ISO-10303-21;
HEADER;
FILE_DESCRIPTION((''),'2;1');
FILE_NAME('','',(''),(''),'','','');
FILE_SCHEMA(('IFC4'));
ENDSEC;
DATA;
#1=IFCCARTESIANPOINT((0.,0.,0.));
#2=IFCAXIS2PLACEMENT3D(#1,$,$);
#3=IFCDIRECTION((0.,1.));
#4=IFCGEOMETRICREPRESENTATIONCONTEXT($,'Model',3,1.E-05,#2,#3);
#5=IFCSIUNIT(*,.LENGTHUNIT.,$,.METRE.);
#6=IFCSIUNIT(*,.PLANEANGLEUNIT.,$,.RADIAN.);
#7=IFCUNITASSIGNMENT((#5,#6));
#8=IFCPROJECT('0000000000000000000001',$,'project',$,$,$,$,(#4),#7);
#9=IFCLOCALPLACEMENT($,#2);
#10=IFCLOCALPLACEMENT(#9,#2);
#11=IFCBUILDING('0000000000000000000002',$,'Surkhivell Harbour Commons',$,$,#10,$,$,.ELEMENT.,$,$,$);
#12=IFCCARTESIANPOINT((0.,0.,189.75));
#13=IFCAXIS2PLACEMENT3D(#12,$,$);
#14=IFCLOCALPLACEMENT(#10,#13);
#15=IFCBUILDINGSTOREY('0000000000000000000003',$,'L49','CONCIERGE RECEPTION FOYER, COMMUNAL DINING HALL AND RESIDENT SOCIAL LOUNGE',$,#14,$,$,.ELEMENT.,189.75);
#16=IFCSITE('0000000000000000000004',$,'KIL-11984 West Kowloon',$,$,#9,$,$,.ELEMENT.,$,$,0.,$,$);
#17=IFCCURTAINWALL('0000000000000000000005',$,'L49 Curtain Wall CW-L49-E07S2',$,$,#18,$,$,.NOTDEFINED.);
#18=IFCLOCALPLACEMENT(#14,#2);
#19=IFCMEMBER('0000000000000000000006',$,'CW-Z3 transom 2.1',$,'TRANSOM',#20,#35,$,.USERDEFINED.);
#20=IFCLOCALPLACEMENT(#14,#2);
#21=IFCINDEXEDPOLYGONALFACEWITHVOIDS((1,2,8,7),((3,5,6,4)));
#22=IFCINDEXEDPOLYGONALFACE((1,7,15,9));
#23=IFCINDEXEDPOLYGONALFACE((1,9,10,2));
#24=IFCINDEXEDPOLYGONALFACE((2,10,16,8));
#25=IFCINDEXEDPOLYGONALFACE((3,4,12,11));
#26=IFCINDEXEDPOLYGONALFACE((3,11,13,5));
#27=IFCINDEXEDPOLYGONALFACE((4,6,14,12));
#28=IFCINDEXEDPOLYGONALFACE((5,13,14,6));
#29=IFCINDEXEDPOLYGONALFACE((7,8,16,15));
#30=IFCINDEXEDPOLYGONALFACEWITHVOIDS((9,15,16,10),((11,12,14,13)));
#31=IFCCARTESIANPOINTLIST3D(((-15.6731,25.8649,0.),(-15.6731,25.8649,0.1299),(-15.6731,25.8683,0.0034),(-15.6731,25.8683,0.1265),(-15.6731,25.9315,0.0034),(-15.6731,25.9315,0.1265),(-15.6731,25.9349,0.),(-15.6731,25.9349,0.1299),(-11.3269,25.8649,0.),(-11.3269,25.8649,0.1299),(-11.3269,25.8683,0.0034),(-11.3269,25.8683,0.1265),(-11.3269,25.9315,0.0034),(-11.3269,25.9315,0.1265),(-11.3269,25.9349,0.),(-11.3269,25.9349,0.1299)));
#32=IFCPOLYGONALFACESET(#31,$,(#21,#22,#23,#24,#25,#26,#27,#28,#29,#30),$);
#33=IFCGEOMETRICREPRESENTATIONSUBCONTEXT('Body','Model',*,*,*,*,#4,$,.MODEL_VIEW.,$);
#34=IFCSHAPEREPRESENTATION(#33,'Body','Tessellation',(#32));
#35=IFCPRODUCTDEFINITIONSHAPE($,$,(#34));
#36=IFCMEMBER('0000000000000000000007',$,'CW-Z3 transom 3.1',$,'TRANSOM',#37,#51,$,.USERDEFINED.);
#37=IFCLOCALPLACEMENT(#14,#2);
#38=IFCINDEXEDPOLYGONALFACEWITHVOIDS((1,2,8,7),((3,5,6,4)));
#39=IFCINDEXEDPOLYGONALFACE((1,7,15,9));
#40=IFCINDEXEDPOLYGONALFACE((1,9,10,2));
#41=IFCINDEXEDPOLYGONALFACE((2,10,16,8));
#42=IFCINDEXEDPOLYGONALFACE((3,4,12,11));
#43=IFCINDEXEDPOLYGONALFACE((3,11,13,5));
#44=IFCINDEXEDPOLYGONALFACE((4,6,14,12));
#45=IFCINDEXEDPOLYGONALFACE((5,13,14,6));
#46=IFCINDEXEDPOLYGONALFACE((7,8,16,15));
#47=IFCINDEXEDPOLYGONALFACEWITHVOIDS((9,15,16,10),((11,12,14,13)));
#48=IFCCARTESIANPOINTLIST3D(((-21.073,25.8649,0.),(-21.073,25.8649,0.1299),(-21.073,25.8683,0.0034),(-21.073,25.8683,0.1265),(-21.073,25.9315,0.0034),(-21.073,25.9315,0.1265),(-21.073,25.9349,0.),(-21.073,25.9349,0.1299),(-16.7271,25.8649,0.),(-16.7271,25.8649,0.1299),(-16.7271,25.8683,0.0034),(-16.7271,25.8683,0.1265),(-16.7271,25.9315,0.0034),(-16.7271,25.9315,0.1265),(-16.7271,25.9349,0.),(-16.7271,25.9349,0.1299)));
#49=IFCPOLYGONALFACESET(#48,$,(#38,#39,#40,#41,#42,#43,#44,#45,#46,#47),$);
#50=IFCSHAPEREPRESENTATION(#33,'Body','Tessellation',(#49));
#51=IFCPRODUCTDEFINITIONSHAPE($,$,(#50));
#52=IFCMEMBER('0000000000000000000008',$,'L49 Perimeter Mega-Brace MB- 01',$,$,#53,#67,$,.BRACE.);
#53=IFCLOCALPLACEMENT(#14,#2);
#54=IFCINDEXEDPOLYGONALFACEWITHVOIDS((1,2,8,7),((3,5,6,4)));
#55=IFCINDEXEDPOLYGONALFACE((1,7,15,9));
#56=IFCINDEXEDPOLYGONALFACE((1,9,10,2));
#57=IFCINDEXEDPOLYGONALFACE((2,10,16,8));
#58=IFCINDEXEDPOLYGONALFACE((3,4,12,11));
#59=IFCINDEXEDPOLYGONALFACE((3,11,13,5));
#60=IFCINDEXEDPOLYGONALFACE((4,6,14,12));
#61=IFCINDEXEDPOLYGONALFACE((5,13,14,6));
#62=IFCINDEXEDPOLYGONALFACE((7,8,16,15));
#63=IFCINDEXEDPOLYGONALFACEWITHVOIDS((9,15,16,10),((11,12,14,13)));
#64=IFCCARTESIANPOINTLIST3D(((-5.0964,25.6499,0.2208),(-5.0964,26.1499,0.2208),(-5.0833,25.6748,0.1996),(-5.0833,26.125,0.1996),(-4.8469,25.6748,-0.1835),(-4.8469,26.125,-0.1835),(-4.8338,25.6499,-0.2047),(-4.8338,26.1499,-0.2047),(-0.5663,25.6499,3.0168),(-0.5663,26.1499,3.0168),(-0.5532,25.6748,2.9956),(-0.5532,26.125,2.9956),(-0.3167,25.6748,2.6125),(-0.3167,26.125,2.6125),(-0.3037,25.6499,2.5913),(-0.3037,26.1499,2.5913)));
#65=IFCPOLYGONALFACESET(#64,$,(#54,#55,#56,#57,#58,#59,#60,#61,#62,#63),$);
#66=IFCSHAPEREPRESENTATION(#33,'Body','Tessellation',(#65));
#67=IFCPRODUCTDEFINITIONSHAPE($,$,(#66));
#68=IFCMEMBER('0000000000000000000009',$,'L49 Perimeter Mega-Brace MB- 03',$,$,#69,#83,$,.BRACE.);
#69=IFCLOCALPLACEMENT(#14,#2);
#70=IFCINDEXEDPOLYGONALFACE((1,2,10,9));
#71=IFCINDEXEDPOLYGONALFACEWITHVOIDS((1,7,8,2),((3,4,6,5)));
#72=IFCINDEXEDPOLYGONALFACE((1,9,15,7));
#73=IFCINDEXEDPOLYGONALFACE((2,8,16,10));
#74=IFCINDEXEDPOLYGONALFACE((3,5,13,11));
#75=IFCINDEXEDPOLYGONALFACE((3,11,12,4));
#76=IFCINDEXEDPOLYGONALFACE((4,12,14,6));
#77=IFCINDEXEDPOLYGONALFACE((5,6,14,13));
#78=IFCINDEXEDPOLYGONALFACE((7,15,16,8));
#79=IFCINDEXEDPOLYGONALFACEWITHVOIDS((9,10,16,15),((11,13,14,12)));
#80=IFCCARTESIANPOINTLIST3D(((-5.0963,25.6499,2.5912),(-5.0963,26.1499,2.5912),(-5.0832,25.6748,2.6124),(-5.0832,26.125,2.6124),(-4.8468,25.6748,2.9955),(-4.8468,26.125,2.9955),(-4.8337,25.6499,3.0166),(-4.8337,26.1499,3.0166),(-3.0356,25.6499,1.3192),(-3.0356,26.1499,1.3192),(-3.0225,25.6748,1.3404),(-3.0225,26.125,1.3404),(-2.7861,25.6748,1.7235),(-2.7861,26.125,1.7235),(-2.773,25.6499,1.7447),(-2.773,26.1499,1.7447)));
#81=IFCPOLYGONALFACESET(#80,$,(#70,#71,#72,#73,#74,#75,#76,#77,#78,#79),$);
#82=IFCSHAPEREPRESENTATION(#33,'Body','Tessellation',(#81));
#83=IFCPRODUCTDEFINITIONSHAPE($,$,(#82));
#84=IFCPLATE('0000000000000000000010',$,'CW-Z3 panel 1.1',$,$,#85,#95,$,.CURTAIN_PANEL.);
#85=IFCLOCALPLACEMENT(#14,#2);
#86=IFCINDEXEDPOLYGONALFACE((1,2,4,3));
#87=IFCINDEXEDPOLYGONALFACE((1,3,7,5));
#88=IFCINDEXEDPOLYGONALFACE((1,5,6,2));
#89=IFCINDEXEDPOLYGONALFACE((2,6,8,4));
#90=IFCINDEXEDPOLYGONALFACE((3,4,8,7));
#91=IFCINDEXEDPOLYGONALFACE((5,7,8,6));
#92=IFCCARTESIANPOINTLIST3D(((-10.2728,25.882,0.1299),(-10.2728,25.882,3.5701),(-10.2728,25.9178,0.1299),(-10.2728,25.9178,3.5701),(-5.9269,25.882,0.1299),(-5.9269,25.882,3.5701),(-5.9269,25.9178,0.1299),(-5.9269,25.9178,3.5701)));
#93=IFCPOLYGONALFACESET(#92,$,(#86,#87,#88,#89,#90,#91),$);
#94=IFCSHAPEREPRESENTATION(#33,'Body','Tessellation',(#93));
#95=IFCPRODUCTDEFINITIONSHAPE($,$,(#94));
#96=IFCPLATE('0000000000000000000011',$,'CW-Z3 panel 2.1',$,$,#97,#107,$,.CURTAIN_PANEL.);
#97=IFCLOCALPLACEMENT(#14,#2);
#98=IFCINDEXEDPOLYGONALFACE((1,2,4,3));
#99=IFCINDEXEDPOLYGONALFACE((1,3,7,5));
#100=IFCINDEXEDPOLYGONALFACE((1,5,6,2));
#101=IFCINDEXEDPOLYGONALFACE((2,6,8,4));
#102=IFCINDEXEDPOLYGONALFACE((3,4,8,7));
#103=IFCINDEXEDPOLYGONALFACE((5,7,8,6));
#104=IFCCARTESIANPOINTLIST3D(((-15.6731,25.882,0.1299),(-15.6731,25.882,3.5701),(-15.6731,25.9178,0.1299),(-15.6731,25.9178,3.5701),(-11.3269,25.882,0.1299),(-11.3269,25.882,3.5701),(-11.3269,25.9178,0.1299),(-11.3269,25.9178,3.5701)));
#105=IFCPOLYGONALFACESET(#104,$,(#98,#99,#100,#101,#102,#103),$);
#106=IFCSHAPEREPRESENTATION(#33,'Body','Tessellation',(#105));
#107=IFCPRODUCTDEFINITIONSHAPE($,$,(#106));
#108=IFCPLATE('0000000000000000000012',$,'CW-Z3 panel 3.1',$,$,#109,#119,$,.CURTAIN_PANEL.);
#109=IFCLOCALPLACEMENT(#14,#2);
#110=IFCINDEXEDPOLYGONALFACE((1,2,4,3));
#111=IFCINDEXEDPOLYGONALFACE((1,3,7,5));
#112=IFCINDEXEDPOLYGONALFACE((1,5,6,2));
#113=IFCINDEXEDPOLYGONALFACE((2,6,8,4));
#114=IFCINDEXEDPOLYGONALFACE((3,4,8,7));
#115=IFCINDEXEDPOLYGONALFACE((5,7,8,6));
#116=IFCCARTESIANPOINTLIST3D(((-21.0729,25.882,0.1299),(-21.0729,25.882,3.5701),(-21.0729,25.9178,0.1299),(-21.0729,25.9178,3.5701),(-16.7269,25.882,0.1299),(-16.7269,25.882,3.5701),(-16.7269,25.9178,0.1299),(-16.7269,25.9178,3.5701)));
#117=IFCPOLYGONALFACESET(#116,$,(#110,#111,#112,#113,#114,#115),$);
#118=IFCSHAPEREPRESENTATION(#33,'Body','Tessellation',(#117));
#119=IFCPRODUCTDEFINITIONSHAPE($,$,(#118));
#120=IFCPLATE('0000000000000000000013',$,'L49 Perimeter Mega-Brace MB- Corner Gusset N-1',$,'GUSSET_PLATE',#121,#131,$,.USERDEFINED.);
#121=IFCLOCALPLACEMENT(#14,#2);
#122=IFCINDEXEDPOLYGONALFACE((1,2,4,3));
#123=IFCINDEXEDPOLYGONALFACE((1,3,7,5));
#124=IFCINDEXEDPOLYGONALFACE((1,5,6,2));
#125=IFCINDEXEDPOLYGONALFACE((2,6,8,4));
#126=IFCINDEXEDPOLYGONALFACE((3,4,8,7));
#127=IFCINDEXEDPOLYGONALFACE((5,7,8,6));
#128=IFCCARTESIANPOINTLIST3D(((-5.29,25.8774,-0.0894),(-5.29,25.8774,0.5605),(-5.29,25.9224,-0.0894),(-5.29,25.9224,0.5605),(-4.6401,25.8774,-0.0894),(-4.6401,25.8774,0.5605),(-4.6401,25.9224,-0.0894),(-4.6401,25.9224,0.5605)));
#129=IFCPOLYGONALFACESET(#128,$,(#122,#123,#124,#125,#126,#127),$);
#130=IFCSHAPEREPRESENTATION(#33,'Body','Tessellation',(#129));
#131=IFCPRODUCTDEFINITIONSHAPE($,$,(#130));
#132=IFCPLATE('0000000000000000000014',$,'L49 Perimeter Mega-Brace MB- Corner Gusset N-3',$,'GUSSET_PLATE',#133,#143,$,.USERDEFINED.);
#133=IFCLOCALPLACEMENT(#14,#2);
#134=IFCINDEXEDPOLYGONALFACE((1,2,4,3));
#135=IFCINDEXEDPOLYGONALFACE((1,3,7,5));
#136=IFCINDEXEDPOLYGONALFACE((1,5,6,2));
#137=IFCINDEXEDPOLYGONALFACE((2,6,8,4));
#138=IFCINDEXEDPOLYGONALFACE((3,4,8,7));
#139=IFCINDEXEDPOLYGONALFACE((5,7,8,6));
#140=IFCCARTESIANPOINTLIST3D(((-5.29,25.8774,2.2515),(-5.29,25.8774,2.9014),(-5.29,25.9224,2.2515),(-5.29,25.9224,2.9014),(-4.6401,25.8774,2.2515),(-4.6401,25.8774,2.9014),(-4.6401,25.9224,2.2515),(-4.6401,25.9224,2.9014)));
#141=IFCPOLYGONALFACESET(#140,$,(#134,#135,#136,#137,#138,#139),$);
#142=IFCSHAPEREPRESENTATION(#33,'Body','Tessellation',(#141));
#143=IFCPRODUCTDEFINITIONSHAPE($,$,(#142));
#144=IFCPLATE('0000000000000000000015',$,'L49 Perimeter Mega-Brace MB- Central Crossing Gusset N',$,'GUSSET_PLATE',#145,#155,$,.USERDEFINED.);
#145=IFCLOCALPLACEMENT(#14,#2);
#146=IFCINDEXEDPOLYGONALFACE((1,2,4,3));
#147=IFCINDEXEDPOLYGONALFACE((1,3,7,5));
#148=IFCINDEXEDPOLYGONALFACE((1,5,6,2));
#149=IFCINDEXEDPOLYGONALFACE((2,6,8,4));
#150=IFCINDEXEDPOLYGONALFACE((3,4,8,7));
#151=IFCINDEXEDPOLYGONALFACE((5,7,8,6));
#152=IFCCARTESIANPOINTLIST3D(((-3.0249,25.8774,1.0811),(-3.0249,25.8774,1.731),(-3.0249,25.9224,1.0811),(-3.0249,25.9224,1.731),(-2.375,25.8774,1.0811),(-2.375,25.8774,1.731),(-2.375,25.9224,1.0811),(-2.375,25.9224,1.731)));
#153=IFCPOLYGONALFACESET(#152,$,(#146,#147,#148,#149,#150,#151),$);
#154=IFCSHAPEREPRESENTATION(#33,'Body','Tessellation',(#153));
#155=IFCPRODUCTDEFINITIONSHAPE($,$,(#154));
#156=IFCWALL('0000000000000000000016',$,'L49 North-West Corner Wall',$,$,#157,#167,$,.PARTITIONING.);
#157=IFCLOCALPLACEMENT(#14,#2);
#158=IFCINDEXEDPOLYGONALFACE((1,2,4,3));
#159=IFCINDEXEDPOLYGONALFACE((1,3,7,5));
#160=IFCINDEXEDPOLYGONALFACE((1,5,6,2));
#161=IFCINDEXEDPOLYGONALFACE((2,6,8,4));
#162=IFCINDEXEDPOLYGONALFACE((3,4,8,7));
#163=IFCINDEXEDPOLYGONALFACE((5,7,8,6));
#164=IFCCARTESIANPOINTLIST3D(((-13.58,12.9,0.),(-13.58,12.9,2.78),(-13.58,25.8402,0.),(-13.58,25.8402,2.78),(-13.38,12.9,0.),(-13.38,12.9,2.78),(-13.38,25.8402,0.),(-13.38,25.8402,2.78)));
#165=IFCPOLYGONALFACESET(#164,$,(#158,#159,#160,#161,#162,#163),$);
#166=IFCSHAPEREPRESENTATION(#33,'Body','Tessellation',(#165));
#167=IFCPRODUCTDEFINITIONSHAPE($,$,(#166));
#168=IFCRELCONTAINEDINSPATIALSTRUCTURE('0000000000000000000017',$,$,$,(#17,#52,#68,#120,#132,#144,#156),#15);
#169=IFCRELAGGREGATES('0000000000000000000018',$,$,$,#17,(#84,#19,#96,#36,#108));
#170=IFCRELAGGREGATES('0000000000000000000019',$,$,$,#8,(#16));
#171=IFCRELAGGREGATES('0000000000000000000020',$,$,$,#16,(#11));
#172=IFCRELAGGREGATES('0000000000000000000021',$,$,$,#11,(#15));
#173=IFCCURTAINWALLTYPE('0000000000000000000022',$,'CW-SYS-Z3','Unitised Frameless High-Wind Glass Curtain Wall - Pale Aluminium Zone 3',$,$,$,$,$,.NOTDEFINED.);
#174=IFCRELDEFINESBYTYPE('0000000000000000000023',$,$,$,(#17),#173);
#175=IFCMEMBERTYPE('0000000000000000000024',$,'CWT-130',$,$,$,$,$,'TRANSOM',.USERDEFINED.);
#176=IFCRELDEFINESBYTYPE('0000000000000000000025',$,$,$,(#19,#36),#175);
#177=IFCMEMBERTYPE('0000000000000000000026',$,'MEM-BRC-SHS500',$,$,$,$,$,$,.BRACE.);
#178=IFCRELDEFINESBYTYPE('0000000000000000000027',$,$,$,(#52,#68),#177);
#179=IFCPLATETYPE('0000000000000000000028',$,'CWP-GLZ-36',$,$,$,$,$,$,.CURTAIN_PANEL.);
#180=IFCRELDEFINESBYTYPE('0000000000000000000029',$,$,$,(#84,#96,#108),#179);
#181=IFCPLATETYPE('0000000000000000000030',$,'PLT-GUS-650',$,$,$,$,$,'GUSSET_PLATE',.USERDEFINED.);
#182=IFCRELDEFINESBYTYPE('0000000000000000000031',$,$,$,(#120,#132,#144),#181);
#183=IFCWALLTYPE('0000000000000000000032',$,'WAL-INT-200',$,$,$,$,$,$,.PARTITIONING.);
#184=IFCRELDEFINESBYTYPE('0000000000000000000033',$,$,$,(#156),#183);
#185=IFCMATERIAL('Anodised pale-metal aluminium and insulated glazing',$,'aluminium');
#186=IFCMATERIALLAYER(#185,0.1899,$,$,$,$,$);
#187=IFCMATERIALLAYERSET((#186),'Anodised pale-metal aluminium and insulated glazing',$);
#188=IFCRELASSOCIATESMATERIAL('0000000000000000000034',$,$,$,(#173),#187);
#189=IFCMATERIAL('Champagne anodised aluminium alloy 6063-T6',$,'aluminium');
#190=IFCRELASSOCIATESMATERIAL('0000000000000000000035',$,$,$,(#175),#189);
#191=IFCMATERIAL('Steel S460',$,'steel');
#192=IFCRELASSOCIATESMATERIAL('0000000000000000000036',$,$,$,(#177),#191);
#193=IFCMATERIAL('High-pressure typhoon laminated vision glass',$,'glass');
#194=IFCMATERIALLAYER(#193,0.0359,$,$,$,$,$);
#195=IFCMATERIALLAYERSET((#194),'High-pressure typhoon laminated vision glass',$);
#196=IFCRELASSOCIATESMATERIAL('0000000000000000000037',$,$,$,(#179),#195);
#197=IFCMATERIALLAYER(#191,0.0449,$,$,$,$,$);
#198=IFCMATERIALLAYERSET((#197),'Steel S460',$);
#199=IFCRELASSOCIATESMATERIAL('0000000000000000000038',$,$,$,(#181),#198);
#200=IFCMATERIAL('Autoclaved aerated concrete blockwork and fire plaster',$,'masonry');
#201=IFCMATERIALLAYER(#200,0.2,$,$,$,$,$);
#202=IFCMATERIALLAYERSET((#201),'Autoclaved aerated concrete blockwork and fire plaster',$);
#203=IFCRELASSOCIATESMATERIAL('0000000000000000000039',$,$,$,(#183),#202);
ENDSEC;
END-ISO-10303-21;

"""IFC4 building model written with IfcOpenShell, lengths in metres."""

from ifc_helpers import new_model, si_unit, direction, frame, frame_2d, origin, origin_2d, place, context, subcontext, project, spatial, rectangle, hollow_rectangle, extrude, material, layer, layer_set, material_profile, profile_set, type_object, element, aggregate, save


model = new_model("IFC4")

# Units and contexts
model_context = context("Model", 3, precision=1e-05, world=origin(), true_north=direction((0.0, 1.0)))
body_context = subcontext(model_context, "Body", "Model", "MODEL_VIEW")
ifc_project = project(units=[si_unit("LENGTHUNIT", "METRE"), si_unit("PLANEANGLEUNIT", "RADIAN")], contexts=[model_context])

# Site, building, storey
site_placement = place(None, origin())
site = spatial("IfcSite", under=ifc_project, at=site_placement, Name="KIL-11984 West Kowloon", CompositionType="ELEMENT", RefElevation=0.0)
building_placement = place(site_placement, origin())
building = spatial("IfcBuilding", under=site, at=building_placement, Name="Surkhivell Harbour Commons", CompositionType="ELEMENT")
storey_placement = place(building_placement, frame((0.0, 0.0, 189.75)))
storey = spatial("IfcBuildingStorey", under=building, at=storey_placement, Name="L49", Description="CONCIERGE RECEPTION FOYER, COMMUNAL DINING HALL AND RESIDENT SOCIAL LOUNGE", CompositionType="ELEMENT", Elevation=189.75)

# Curtain wall, members
ifc_material_1 = material(Name="Anodised pale-metal aluminium and insulated glazing", Category="aluminium")
ifc_layer_1 = layer(ifc_material_1, 0.1899)
ifc_layer_set_1 = layer_set([ifc_layer_1], Name="Anodised pale-metal aluminium and insulated glazing")
curtain_wall_type = type_object("IfcCurtainWallType", Name="CW-SYS-Z3", Description="Unitised Frameless High-Wind Glass Curtain Wall - Pale Aluminium Zone 3", PredefinedType="NOTDEFINED", material=ifc_layer_set_1)
curtain_wall_placement = place(storey_placement, origin())
curtain_wall = element("IfcCurtainWall", 1, at=curtain_wall_placement, inside=storey, type_object=curtain_wall_type, Name="L49 Curtain Wall CW-L49-E07S2", PredefinedType="NOTDEFINED")
ifc_material_2 = material(Name="Champagne anodised aluminium alloy 6063-T6", Category="aluminium")
ifc_material_profile_1 = material_profile(ifc_material_2, hollow_rectangle(XDim=0.0701, YDim=0.1299, WallThickness=0.0034, at=origin_2d()), Name="ALU-TRAN-70x130")
ifc_profile_set_1 = profile_set([ifc_material_profile_1], Name="Champagne anodised aluminium alloy 6063-T6")
member_type_1 = type_object("IfcMemberType", Name="CWT-130", ElementType="TRANSOM", PredefinedType="USERDEFINED", material=ifc_profile_set_1)
member_1_placement = place(storey_placement, frame((-11.3269, 25.8999, 0.0649), z_axis=(-1.0, 0.0, 0.0), x_axis=(0.0, -1.0, 0.0)))
member_1 = element("IfcMember", 2, at=member_1_placement, type_object=member_type_1, Name="CW-Z3 transom 2.1", ObjectType="TRANSOM", PredefinedType="USERDEFINED", context=body_context, shape_type="SweptSolid", body=[
    extrude(hollow_rectangle(XDim=0.0701, YDim=0.1299, WallThickness=0.0034, at=origin_2d()), origin(), (0.0, 0.0, 1.0), 4.3462),
])
member_2_placement = place(storey_placement, frame((-16.7271, 25.8999, 0.0649), z_axis=(-1.0, 0.0, 0.0), x_axis=(0.0, -1.0, 0.0)))
member_2 = element("IfcMember", 3, at=member_2_placement, type_object=member_type_1, Name="CW-Z3 transom 3.1", ObjectType="TRANSOM", PredefinedType="USERDEFINED", context=body_context, shape_type="SweptSolid", body=[
    extrude(hollow_rectangle(XDim=0.0701, YDim=0.1299, WallThickness=0.0034, at=origin_2d()), origin(), (0.0, 0.0, 1.0), 4.3459),
])

# Members
ifc_material_3 = material(Name="Steel S460", Category="steel")
ifc_material_profile_2 = material_profile(ifc_material_3, hollow_rectangle(XDim=0.5, YDim=0.5, WallThickness=0.0249, at=origin_2d()), Name="SHS500x500x25")
ifc_profile_set_2 = profile_set([ifc_material_profile_2], Name="Steel S460")
member_type_2 = type_object("IfcMemberType", Name="MEM-BRC-SHS500", PredefinedType="BRACE", material=ifc_profile_set_2)
member_3_placement = place(storey_placement, frame((-4.9651, 25.8999, 0.0081), z_axis=(0.850971, 0.0, 0.525213), x_axis=(0.0, 1.0, 0.0)))
element("IfcMember", 4, at=member_3_placement, inside=storey, type_object=member_type_2, Name="L49 Perimeter Mega-Brace MB- 01", PredefinedType="BRACE", context=body_context, shape_type="SweptSolid", body=[
    extrude(hollow_rectangle(XDim=0.5, YDim=0.5, WallThickness=0.0249, at=origin_2d()), origin(), (0.0, 0.0, 1.0), 5.3235),
])
member_4_placement = place(storey_placement, frame((-2.9043, 25.8999, 1.532), z_axis=(-0.850958, 0.0, 0.525233), x_axis=(0.0, -1.0, 0.0)))
element("IfcMember", 5, at=member_4_placement, inside=storey, type_object=member_type_2, Name="L49 Perimeter Mega-Brace MB- 03", PredefinedType="BRACE", context=body_context, shape_type="SweptSolid", body=[
    extrude(hollow_rectangle(XDim=0.5, YDim=0.5, WallThickness=0.0249, at=origin_2d()), origin(), (0.0, 0.0, 1.0), 2.4216),
])

# Plates
ifc_material_4 = material(Name="High-pressure typhoon laminated vision glass", Category="glass")
ifc_layer_2 = layer(ifc_material_4, 0.0359)
ifc_layer_set_2 = layer_set([ifc_layer_2], Name="High-pressure typhoon laminated vision glass")
plate_type_1 = type_object("IfcPlateType", Name="CWP-GLZ-36", PredefinedType="CURTAIN_PANEL", material=ifc_layer_set_2)
plate_1_placement = place(storey_placement, frame((-5.927, 25.8999, 0.1299), z_axis=(0.0, 0.0, 1.0), x_axis=(-1.0, 0.0, 0.0)))
plate_1 = element("IfcPlate", 6, at=plate_1_placement, type_object=plate_type_1, Name="CW-Z3 panel 1.1", PredefinedType="CURTAIN_PANEL", context=body_context, shape_type="SweptSolid", body=[
    extrude(rectangle(XDim=4.3459, YDim=0.0359, at=frame_2d((2.1729, 0.0))), origin(), (0.0, 0.0, 1.0), 3.4402),
])
plate_2_placement = place(storey_placement, frame((-11.3269, 25.8999, 0.1299), z_axis=(0.0, 0.0, 1.0), x_axis=(-1.0, 0.0, 0.0)))
plate_2 = element("IfcPlate", 7, at=plate_2_placement, type_object=plate_type_1, Name="CW-Z3 panel 2.1", PredefinedType="CURTAIN_PANEL", context=body_context, shape_type="SweptSolid", body=[
    extrude(rectangle(XDim=4.3462, YDim=0.0359, at=frame_2d((2.1731, 0.0))), origin(), (0.0, 0.0, 1.0), 3.4402),
])
plate_3_placement = place(storey_placement, frame((-16.7271, 25.8999, 0.1299), z_axis=(0.0, 0.0, 1.0), x_axis=(-1.0, 0.0, 0.0)))
plate_3 = element("IfcPlate", 8, at=plate_3_placement, type_object=plate_type_1, Name="CW-Z3 panel 3.1", PredefinedType="CURTAIN_PANEL", context=body_context, shape_type="SweptSolid", body=[
    extrude(rectangle(XDim=4.3459, YDim=0.0359, at=frame_2d((2.1729, 0.0))), origin(), (0.0, 0.0, 1.0), 3.4402),
])
aggregate(curtain_wall, [plate_1, member_1, plate_2, member_2, plate_3])

# Plates
ifc_layer_3 = layer(ifc_material_3, 0.0449)
ifc_layer_set_3 = layer_set([ifc_layer_3], Name="Steel S460")
plate_type_2 = type_object("IfcPlateType", Name="PLT-GUS-650", ElementType="GUSSET_PLATE", PredefinedType="USERDEFINED", material=ifc_layer_set_3)
for number, where, z_axis, x_axis, name in (
    (9, (-4.9651, 25.8999, -0.0894), (0.0, 0.0, 1.0), (1.0, 0.0, 0.0), "L49 Perimeter Mega-Brace MB- Corner Gusset N-1"),
    (10, (-4.9651, 25.8999, 2.2515), (0.0, 0.0, 1.0), (1.0, 0.0, 0.0), "L49 Perimeter Mega-Brace MB- Corner Gusset N-3"),
    (11, (-2.7, 25.8999, 1.0811), (0.0, 0.0, 1.0), (1.0, 0.0, 0.0), "L49 Perimeter Mega-Brace MB- Central Crossing Gusset N"),
):
    element("IfcPlate", number, at=place(storey_placement, frame(where, z_axis=z_axis, x_axis=x_axis)), inside=storey, type_object=plate_type_2, Name=name, ObjectType="GUSSET_PLATE", PredefinedType="USERDEFINED", context=body_context, shape_type="SweptSolid", body=[
        extrude(rectangle(XDim=0.6499, YDim=0.0449, at=origin_2d()), origin(), (0.0, 0.0, 1.0), 0.6499),
    ])

# Wall
ifc_material_5 = material(Name="Autoclaved aerated concrete blockwork and fire plaster", Category="masonry")
ifc_layer_4 = layer(ifc_material_5, 0.2)
ifc_layer_set_4 = layer_set([ifc_layer_4], Name="Autoclaved aerated concrete blockwork and fire plaster")
wall_type = type_object("IfcWallType", Name="WAL-INT-200", PredefinedType="PARTITIONING", material=ifc_layer_set_4)
wall_1_placement = place(storey_placement, frame((-13.48, 12.8999, 0.0), z_axis=(0.0, 0.0, 1.0), x_axis=(0.0, 1.0, 0.0)))
element("IfcWall", 12, at=wall_1_placement, inside=storey, type_object=wall_type, Name="L49 North-West Corner Wall", PredefinedType="PARTITIONING", context=body_context, shape_type="SweptSolid", body=[
    extrude(rectangle(XDim=12.9402, YDim=0.2, at=frame_2d((6.4702, 0.0))), origin(), (0.0, 0.0, 1.0), 2.78),
])

save(model, "model.ifc")
